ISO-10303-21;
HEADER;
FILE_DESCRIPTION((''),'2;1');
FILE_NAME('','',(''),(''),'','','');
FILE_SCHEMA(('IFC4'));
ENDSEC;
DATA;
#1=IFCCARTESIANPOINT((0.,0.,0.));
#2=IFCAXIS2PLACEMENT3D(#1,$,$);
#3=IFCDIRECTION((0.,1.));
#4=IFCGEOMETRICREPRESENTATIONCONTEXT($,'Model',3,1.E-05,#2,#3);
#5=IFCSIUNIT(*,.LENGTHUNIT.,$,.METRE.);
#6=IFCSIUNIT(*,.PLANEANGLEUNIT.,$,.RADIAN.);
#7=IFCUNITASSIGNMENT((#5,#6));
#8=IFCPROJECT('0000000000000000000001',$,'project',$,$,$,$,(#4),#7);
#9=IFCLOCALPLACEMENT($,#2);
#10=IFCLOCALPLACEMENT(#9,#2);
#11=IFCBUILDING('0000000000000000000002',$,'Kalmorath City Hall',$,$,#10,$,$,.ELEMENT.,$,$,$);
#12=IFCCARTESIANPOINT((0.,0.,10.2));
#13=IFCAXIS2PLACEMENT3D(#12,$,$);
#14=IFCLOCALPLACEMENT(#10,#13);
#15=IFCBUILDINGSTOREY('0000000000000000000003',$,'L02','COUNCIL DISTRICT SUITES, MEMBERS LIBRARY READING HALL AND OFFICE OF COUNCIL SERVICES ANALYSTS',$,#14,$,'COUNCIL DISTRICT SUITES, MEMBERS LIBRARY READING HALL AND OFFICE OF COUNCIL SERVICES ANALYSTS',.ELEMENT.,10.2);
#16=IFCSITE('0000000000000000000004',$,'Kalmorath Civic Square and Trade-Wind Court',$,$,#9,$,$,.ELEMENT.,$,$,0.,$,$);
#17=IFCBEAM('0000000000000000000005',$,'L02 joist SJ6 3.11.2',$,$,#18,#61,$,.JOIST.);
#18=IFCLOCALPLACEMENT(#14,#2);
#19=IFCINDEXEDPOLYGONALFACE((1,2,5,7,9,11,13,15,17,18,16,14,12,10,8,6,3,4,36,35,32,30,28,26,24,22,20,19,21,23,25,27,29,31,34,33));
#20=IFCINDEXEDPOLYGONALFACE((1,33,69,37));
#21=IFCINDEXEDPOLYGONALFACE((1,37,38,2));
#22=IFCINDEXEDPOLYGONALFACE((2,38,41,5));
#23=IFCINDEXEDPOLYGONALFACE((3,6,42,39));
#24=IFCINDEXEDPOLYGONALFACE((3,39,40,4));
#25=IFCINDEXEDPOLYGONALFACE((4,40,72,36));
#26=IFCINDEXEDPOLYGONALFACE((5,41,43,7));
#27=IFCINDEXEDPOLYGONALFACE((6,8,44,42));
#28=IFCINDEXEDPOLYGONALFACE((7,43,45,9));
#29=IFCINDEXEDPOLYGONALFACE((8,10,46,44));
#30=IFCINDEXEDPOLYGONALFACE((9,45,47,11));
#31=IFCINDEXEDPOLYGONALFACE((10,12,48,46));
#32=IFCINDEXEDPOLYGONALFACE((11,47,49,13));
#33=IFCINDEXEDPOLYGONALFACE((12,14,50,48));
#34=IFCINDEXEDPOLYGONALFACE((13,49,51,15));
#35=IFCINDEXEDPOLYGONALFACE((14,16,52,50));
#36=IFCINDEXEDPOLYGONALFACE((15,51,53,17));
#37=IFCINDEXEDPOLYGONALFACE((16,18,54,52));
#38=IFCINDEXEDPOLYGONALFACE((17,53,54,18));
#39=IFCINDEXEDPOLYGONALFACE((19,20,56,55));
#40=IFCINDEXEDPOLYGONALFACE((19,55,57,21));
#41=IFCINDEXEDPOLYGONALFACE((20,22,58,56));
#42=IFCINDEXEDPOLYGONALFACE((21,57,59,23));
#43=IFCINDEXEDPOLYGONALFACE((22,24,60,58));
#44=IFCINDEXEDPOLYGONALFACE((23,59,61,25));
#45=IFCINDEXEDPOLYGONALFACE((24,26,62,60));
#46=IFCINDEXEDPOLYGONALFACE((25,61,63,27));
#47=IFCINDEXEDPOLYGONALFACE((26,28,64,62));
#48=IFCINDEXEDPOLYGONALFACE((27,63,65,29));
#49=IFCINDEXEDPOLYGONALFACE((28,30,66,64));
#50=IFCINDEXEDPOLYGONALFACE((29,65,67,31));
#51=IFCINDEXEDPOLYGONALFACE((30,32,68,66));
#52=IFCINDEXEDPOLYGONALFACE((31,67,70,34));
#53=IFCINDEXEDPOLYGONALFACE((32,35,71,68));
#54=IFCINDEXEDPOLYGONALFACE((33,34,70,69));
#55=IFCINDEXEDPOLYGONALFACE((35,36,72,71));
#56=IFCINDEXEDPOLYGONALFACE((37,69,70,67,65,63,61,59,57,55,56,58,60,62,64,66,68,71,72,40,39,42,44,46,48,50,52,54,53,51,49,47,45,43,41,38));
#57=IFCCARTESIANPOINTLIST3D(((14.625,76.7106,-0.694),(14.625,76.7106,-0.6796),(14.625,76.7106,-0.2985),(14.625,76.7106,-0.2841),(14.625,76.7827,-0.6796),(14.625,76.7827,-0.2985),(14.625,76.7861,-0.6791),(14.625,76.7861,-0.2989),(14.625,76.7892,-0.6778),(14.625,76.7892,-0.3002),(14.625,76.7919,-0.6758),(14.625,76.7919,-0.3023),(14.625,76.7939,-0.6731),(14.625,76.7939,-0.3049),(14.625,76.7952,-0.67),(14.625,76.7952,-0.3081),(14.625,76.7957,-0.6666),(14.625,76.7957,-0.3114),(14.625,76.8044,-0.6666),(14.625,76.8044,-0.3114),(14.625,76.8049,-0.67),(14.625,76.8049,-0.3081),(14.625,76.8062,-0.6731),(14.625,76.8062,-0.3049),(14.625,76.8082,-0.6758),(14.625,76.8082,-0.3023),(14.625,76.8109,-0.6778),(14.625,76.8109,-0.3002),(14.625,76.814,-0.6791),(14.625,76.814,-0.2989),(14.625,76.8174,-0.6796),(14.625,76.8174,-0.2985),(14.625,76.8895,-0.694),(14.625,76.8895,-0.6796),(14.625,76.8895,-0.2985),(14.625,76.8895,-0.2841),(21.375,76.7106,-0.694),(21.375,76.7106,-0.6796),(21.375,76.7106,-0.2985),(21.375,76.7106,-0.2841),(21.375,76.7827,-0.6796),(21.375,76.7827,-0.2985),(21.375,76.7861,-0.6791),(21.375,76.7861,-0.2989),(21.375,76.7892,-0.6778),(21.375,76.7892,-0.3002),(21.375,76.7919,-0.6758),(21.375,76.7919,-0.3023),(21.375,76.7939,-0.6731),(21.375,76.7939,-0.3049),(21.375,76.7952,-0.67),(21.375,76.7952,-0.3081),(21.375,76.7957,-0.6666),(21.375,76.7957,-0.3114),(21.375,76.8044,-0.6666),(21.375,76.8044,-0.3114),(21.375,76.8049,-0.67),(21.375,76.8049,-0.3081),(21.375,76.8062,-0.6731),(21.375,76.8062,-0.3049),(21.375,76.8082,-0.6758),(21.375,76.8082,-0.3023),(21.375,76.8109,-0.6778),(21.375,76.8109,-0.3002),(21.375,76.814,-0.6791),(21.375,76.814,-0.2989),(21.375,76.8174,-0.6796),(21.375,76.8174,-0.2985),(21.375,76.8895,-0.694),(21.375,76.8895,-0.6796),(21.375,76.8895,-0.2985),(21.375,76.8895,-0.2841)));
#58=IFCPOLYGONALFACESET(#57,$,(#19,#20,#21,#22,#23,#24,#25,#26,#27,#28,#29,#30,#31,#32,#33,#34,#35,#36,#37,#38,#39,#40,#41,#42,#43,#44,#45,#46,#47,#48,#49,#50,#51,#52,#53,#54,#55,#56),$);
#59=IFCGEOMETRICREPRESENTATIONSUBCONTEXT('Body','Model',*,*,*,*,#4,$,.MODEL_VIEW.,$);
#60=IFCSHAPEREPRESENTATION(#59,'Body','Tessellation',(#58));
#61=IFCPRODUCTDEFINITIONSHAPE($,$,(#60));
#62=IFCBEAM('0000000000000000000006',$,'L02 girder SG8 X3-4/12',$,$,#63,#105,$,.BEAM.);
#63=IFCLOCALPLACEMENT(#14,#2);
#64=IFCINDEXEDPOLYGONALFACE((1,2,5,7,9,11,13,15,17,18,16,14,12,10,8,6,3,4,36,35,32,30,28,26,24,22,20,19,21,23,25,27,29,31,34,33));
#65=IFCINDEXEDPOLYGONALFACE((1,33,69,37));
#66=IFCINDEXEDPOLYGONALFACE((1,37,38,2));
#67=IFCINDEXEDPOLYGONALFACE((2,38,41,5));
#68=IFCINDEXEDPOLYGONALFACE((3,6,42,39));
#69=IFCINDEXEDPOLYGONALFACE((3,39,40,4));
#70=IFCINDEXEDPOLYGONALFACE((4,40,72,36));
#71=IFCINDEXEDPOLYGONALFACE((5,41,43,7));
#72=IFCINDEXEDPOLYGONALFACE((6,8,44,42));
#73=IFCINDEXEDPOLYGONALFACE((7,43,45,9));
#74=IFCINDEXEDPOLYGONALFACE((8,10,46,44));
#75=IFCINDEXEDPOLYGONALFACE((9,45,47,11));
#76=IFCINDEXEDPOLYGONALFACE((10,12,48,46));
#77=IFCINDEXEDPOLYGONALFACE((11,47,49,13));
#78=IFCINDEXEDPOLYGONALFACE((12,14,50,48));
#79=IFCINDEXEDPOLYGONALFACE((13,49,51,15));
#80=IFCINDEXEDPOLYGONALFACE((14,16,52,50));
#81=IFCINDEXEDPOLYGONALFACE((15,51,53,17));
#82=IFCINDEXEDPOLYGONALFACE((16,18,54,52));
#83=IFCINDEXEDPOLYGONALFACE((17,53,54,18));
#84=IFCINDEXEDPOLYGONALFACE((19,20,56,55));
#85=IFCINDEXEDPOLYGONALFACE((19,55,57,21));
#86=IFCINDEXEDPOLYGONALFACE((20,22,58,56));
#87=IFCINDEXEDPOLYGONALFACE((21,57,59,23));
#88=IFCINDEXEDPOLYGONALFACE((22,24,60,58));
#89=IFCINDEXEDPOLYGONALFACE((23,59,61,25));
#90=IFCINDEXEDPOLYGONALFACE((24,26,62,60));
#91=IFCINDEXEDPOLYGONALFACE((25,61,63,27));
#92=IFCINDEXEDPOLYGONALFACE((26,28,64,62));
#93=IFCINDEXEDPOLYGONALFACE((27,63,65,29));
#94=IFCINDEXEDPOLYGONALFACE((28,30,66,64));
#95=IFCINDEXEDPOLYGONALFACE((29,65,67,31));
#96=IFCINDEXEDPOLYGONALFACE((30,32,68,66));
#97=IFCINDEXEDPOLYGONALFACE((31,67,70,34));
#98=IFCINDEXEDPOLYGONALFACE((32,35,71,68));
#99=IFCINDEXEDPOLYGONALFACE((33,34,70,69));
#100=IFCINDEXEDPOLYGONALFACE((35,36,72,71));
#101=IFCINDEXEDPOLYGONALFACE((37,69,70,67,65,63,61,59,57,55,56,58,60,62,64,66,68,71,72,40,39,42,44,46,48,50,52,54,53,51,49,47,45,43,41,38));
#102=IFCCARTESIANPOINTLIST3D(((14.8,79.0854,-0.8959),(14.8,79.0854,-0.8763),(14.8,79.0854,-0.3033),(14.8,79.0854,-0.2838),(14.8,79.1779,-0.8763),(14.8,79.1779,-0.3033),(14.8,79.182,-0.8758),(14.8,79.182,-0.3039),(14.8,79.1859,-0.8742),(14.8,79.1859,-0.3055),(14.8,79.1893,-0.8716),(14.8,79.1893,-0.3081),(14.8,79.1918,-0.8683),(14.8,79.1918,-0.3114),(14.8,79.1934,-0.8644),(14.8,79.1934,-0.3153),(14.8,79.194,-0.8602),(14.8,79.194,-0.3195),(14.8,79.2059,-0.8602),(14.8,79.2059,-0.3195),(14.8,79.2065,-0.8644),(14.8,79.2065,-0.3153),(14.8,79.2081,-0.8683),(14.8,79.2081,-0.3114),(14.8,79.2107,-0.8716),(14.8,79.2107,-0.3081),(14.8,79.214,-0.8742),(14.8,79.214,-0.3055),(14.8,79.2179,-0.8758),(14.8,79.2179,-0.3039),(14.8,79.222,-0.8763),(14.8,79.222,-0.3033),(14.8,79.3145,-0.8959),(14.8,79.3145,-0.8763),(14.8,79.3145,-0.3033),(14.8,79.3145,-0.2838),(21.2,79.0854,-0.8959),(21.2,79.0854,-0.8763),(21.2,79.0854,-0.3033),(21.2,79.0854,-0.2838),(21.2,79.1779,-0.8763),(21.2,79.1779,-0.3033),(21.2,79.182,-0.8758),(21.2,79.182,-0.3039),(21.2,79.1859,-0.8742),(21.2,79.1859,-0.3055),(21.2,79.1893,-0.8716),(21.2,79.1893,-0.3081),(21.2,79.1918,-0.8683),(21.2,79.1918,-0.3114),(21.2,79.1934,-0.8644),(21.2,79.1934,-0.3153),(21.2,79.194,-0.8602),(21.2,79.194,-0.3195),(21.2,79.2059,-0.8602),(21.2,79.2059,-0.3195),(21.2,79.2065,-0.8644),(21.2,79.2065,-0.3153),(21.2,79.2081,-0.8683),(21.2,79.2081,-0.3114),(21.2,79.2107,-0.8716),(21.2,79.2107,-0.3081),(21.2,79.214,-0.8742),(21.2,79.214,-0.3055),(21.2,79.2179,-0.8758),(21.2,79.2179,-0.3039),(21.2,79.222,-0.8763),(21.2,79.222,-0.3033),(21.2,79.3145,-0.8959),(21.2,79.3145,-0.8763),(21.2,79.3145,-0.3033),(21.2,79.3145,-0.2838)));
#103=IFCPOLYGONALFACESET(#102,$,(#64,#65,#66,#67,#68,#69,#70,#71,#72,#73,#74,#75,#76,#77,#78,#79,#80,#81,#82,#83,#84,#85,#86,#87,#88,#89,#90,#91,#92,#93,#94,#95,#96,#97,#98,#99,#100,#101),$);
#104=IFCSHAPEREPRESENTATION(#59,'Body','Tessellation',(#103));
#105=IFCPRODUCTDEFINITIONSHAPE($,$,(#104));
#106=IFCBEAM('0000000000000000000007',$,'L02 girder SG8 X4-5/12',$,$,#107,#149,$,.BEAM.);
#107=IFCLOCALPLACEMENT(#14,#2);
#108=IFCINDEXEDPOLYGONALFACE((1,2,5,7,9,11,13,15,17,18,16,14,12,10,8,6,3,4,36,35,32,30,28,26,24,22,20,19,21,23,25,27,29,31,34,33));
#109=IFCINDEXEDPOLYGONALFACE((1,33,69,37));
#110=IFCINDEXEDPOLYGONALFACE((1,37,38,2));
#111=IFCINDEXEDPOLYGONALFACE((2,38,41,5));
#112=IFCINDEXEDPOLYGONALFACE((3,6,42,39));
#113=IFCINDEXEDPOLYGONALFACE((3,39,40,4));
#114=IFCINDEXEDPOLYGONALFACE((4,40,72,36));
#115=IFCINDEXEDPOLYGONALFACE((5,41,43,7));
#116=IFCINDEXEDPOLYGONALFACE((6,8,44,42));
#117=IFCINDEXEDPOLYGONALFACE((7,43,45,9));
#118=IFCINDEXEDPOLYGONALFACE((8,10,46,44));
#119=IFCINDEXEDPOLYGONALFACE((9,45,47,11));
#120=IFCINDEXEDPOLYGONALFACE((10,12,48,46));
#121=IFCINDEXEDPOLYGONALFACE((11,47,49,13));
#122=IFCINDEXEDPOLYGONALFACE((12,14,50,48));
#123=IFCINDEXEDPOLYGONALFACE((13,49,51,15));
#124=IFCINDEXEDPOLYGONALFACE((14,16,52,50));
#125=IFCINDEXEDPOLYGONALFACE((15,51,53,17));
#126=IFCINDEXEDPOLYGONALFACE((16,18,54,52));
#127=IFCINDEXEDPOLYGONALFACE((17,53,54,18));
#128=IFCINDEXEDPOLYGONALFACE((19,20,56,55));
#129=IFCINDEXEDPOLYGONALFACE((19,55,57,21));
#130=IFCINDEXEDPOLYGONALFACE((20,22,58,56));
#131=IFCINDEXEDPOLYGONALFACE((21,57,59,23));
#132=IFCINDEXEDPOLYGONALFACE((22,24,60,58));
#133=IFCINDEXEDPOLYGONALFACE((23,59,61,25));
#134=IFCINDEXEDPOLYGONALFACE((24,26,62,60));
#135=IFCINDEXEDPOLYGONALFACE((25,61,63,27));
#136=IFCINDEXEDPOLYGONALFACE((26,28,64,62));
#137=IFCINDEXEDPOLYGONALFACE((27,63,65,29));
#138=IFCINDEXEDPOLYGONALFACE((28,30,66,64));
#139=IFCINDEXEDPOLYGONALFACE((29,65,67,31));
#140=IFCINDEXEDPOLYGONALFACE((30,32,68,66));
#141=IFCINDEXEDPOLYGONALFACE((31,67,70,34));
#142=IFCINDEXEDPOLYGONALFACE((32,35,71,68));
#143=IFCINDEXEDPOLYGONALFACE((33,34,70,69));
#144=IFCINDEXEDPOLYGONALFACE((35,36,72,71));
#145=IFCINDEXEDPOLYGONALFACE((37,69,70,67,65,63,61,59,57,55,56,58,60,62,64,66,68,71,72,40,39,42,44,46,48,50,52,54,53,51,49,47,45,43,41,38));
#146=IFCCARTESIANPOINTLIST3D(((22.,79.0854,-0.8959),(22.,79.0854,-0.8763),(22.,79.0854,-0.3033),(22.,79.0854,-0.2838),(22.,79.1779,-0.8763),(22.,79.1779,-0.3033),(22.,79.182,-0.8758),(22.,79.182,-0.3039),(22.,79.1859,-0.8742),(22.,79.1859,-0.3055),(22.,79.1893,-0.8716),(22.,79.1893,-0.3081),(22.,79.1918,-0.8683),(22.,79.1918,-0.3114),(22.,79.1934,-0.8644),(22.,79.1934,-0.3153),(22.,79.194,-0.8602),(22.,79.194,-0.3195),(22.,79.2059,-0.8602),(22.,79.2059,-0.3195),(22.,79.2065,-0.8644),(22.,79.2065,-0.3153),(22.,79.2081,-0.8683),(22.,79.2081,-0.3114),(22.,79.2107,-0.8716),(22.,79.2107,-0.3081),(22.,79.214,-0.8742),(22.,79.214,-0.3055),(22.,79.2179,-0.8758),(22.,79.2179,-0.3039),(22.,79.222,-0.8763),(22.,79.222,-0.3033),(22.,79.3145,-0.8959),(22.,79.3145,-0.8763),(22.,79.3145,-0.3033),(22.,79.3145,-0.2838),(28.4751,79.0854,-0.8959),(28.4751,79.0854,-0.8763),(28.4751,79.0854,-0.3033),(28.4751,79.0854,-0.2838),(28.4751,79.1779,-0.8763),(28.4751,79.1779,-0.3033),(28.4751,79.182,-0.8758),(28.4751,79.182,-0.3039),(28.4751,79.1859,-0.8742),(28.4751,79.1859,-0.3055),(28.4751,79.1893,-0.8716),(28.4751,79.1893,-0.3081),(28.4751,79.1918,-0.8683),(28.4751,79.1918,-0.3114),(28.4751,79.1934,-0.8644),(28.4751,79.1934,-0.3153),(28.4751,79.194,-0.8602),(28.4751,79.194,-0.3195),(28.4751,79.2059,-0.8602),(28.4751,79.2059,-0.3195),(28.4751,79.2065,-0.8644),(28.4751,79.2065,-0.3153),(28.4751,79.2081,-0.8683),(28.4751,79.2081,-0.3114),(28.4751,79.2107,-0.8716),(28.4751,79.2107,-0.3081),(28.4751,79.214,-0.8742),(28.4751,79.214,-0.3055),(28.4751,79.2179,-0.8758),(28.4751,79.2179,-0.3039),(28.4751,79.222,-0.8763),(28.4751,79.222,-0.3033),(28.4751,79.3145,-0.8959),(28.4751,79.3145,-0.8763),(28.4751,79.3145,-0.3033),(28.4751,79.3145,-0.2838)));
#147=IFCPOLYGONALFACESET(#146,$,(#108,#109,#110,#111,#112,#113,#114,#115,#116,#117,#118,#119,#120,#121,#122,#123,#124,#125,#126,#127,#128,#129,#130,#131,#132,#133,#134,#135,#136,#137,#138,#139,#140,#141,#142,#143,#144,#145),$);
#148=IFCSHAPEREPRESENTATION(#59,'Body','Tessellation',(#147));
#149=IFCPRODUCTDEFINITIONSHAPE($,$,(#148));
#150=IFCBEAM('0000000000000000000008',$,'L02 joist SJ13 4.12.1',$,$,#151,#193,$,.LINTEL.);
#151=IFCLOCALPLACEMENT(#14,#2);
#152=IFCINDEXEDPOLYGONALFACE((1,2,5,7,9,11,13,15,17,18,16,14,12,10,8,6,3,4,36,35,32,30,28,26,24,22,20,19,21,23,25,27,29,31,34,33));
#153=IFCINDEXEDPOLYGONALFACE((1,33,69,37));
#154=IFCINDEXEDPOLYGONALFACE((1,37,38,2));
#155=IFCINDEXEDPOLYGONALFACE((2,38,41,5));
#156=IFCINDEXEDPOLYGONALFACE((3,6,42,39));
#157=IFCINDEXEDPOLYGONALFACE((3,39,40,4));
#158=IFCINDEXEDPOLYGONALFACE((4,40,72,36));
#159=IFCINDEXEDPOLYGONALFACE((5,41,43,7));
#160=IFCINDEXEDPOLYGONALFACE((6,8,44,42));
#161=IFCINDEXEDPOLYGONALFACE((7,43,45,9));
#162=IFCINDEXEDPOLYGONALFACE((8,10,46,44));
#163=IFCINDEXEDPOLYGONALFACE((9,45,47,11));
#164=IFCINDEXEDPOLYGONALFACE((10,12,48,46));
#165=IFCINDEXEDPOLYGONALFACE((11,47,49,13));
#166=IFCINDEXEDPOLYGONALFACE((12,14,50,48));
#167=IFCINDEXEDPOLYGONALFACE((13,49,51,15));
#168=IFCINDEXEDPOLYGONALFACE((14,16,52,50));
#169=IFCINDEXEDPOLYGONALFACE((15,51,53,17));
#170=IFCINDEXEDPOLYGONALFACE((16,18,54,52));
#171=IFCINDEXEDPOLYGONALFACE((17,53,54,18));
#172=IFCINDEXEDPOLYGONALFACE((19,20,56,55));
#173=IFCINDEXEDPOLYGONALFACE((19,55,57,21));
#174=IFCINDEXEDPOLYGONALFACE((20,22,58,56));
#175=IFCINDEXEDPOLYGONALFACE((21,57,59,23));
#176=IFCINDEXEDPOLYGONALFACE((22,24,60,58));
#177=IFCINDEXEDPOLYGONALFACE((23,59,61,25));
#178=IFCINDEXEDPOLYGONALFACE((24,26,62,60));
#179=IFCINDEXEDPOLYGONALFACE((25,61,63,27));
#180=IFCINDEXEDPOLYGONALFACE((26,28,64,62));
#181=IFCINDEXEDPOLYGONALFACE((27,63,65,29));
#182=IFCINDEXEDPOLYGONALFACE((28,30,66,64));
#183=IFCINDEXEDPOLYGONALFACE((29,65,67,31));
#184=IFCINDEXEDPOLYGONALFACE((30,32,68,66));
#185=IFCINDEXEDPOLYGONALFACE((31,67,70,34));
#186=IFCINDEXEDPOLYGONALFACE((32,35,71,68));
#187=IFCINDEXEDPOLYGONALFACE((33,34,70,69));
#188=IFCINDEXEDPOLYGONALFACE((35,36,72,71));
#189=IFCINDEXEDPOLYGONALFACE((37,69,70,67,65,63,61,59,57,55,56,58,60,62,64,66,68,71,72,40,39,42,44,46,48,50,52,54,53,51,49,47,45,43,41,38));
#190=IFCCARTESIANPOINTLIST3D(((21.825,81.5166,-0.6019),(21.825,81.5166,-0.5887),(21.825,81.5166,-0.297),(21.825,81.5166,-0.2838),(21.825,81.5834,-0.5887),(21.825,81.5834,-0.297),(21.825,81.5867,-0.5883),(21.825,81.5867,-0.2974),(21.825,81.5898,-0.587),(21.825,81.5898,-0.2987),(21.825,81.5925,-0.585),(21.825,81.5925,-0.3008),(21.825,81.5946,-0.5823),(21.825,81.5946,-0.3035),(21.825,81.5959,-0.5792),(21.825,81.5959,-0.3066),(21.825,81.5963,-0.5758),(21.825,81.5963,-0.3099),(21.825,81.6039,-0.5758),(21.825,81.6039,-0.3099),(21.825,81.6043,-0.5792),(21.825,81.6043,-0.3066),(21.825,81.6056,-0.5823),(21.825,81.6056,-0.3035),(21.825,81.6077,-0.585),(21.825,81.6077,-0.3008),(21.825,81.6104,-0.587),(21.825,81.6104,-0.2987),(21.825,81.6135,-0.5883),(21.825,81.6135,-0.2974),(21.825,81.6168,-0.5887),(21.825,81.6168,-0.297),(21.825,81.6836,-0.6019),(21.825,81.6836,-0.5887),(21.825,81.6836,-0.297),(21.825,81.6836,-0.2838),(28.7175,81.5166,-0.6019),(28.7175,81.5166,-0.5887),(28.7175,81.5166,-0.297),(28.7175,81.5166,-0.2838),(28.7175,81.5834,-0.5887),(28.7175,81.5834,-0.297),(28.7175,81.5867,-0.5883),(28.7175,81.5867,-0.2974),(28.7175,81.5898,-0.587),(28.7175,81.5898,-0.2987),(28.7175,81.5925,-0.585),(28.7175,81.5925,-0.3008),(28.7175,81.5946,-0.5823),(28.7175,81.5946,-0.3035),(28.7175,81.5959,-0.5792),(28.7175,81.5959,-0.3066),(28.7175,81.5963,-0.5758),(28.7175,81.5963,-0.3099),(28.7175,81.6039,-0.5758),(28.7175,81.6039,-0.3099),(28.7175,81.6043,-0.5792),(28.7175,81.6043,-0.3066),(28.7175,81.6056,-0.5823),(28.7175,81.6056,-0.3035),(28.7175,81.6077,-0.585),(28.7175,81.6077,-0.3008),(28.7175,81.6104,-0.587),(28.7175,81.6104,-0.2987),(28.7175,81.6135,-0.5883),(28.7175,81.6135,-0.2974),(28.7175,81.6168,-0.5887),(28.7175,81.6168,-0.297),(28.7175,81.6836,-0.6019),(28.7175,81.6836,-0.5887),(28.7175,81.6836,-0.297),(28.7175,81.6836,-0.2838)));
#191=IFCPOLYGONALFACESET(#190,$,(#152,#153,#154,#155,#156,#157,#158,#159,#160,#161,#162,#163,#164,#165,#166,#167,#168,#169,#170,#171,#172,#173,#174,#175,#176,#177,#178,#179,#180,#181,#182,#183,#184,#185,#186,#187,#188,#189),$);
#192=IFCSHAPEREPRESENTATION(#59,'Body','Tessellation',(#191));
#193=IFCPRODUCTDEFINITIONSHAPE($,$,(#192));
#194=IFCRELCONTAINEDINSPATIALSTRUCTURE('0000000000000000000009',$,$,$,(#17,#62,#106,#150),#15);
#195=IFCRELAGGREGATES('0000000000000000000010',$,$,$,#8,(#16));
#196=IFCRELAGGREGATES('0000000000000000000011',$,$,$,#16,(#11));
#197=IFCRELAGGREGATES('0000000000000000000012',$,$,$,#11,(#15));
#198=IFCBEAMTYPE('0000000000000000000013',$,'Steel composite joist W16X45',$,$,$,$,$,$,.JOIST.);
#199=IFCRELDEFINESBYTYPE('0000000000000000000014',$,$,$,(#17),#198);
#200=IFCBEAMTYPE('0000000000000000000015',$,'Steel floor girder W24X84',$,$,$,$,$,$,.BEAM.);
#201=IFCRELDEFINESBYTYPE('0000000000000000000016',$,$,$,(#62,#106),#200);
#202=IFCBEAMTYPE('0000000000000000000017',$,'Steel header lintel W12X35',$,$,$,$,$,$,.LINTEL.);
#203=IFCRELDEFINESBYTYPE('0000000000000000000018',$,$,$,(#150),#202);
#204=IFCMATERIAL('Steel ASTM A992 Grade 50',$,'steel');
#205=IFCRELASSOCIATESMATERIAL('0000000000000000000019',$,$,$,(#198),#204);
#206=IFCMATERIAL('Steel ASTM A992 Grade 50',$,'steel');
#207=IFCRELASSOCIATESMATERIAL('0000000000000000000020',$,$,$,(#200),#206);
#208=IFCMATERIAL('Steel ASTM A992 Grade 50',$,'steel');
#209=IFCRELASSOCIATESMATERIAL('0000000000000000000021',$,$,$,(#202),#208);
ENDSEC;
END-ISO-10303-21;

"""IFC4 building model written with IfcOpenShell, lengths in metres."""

from ifc_helpers import new_model, si_unit, direction, frame, origin, origin_2d, place, context, subcontext, project, spatial, i_section, extrude, material, material_profile, profile_set, type_object, element, save


model = new_model("IFC4")

# Units and contexts
model_context = context("Model", 3, precision=1e-05, world=origin(), true_north=direction((0.0, 1.0)))
body_context = subcontext(model_context, "Body", "Model", "MODEL_VIEW")
ifc_project = project(units=[si_unit("LENGTHUNIT", "METRE"), si_unit("PLANEANGLEUNIT", "RADIAN")], contexts=[model_context])

# Site, building, storey
site_placement = place(None, origin())
site = spatial("IfcSite", under=ifc_project, at=site_placement, Name="Kalmorath Civic Square and Trade-Wind Court", CompositionType="ELEMENT", RefElevation=0.0)
building_placement = place(site_placement, origin())
building = spatial("IfcBuilding", under=site, at=building_placement, Name="Kalmorath City Hall", CompositionType="ELEMENT")
storey_placement = place(building_placement, frame((0.0, 0.0, 10.2)))
storey = spatial("IfcBuildingStorey", under=building, at=storey_placement, Name="L02", Description="COUNCIL DISTRICT SUITES, MEMBERS LIBRARY READING HALL AND OFFICE OF COUNCIL SERVICES ANALYSTS", LongName="COUNCIL DISTRICT SUITES, MEMBERS LIBRARY READING HALL AND OFFICE OF COUNCIL SERVICES ANALYSTS", CompositionType="ELEMENT", Elevation=10.2)

# Beams
ifc_material_1 = material(Name="Steel ASTM A992 Grade 50", Category="steel")
ifc_material_profile_1 = material_profile(ifc_material_1, i_section(OverallWidth=0.179, OverallDepth=0.4099, WebThickness=0.0088, FlangeThickness=0.0144, FilletRadius=0.0129, at=origin_2d()), Name="W16X45")
ifc_profile_set_1 = profile_set([ifc_material_profile_1], Name="Steel ASTM A992 Grade 50")
beam_type_1 = type_object("IfcBeamType", Name="Steel composite joist W16X45", PredefinedType="JOIST", material=ifc_profile_set_1)
for number, where, z_axis, x_axis, name in (
    (1, (14.625, 76.8, -0.489), (1.0, 0.0, 0.0), (0.0, 1.0, 0.0), "L02 joist SJ6 3.11.2"),
):
    element("IfcBeam", number, at=place(storey_placement, frame(where, z_axis=z_axis, x_axis=x_axis)), inside=storey, type_object=beam_type_1, Name=name, PredefinedType="JOIST", context=body_context, shape_type="SweptSolid", body=[
        extrude(i_section(OverallWidth=0.179, OverallDepth=0.4099, WebThickness=0.0088, FlangeThickness=0.0144, FilletRadius=0.0129, at=origin_2d()), origin(), (0.0, 0.0, 1.0), 6.75),
    ])
ifc_material_2 = material(Name="Steel ASTM A992 Grade 50", Category="steel")
ifc_material_profile_2 = material_profile(ifc_material_2, i_section(OverallWidth=0.229, OverallDepth=0.6121, WebThickness=0.012, FlangeThickness=0.0195, FilletRadius=0.0161, at=origin_2d()), Name="W24X84")
ifc_profile_set_2 = profile_set([ifc_material_profile_2], Name="Steel ASTM A992 Grade 50")
beam_type_2 = type_object("IfcBeamType", Name="Steel floor girder W24X84", PredefinedType="BEAM", material=ifc_profile_set_2)
beam_1_placement = place(storey_placement, frame((14.8, 79.2, -0.5898), z_axis=(1.0, 0.0, 0.0), x_axis=(0.0, 1.0, 0.0)))
element("IfcBeam", 2, at=beam_1_placement, inside=storey, type_object=beam_type_2, Name="L02 girder SG8 X3-4/12", PredefinedType="BEAM", context=body_context, shape_type="SweptSolid", body=[
    extrude(i_section(OverallWidth=0.229, OverallDepth=0.6121, WebThickness=0.012, FlangeThickness=0.0195, FilletRadius=0.0161, at=origin_2d()), origin(), (0.0, 0.0, 1.0), 6.3999),
])
beam_2_placement = place(storey_placement, frame((22.0, 79.2, -0.5898), z_axis=(1.0, 0.0, 0.0), x_axis=(0.0, 1.0, 0.0)))
element("IfcBeam", 3, at=beam_2_placement, inside=storey, type_object=beam_type_2, Name="L02 girder SG8 X4-5/12", PredefinedType="BEAM", context=body_context, shape_type="SweptSolid", body=[
    extrude(i_section(OverallWidth=0.229, OverallDepth=0.6121, WebThickness=0.012, FlangeThickness=0.0195, FilletRadius=0.0161, at=origin_2d()), origin(), (0.0, 0.0, 1.0), 6.4751),
])
ifc_material_3 = material(Name="Steel ASTM A992 Grade 50", Category="steel")
ifc_material_profile_3 = material_profile(ifc_material_3, i_section(OverallWidth=0.167, OverallDepth=0.3181, WebThickness=0.0076, FlangeThickness=0.0132, FilletRadius=0.0129, at=origin_2d()), Name="W12X35")
ifc_profile_set_3 = profile_set([ifc_material_profile_3], Name="Steel ASTM A992 Grade 50")
beam_type_3 = type_object("IfcBeamType", Name="Steel header lintel W12X35", PredefinedType="LINTEL", material=ifc_profile_set_3)
for number, where, z_axis, x_axis, name in (
    (4, (21.825, 81.6001, -0.4429), (1.0, 0.0, 0.0), (0.0, 1.0, 0.0), "L02 joist SJ13 4.12.1"),
):
    element("IfcBeam", number, at=place(storey_placement, frame(where, z_axis=z_axis, x_axis=x_axis)), inside=storey, type_object=beam_type_3, Name=name, PredefinedType="LINTEL", context=body_context, shape_type="SweptSolid", body=[
        extrude(i_section(OverallWidth=0.167, OverallDepth=0.3181, WebThickness=0.0076, FlangeThickness=0.0132, FilletRadius=0.0129, at=origin_2d()), origin(), (0.0, 0.0, 1.0), 6.8926),
    ])

save(model, "model.ifc")
